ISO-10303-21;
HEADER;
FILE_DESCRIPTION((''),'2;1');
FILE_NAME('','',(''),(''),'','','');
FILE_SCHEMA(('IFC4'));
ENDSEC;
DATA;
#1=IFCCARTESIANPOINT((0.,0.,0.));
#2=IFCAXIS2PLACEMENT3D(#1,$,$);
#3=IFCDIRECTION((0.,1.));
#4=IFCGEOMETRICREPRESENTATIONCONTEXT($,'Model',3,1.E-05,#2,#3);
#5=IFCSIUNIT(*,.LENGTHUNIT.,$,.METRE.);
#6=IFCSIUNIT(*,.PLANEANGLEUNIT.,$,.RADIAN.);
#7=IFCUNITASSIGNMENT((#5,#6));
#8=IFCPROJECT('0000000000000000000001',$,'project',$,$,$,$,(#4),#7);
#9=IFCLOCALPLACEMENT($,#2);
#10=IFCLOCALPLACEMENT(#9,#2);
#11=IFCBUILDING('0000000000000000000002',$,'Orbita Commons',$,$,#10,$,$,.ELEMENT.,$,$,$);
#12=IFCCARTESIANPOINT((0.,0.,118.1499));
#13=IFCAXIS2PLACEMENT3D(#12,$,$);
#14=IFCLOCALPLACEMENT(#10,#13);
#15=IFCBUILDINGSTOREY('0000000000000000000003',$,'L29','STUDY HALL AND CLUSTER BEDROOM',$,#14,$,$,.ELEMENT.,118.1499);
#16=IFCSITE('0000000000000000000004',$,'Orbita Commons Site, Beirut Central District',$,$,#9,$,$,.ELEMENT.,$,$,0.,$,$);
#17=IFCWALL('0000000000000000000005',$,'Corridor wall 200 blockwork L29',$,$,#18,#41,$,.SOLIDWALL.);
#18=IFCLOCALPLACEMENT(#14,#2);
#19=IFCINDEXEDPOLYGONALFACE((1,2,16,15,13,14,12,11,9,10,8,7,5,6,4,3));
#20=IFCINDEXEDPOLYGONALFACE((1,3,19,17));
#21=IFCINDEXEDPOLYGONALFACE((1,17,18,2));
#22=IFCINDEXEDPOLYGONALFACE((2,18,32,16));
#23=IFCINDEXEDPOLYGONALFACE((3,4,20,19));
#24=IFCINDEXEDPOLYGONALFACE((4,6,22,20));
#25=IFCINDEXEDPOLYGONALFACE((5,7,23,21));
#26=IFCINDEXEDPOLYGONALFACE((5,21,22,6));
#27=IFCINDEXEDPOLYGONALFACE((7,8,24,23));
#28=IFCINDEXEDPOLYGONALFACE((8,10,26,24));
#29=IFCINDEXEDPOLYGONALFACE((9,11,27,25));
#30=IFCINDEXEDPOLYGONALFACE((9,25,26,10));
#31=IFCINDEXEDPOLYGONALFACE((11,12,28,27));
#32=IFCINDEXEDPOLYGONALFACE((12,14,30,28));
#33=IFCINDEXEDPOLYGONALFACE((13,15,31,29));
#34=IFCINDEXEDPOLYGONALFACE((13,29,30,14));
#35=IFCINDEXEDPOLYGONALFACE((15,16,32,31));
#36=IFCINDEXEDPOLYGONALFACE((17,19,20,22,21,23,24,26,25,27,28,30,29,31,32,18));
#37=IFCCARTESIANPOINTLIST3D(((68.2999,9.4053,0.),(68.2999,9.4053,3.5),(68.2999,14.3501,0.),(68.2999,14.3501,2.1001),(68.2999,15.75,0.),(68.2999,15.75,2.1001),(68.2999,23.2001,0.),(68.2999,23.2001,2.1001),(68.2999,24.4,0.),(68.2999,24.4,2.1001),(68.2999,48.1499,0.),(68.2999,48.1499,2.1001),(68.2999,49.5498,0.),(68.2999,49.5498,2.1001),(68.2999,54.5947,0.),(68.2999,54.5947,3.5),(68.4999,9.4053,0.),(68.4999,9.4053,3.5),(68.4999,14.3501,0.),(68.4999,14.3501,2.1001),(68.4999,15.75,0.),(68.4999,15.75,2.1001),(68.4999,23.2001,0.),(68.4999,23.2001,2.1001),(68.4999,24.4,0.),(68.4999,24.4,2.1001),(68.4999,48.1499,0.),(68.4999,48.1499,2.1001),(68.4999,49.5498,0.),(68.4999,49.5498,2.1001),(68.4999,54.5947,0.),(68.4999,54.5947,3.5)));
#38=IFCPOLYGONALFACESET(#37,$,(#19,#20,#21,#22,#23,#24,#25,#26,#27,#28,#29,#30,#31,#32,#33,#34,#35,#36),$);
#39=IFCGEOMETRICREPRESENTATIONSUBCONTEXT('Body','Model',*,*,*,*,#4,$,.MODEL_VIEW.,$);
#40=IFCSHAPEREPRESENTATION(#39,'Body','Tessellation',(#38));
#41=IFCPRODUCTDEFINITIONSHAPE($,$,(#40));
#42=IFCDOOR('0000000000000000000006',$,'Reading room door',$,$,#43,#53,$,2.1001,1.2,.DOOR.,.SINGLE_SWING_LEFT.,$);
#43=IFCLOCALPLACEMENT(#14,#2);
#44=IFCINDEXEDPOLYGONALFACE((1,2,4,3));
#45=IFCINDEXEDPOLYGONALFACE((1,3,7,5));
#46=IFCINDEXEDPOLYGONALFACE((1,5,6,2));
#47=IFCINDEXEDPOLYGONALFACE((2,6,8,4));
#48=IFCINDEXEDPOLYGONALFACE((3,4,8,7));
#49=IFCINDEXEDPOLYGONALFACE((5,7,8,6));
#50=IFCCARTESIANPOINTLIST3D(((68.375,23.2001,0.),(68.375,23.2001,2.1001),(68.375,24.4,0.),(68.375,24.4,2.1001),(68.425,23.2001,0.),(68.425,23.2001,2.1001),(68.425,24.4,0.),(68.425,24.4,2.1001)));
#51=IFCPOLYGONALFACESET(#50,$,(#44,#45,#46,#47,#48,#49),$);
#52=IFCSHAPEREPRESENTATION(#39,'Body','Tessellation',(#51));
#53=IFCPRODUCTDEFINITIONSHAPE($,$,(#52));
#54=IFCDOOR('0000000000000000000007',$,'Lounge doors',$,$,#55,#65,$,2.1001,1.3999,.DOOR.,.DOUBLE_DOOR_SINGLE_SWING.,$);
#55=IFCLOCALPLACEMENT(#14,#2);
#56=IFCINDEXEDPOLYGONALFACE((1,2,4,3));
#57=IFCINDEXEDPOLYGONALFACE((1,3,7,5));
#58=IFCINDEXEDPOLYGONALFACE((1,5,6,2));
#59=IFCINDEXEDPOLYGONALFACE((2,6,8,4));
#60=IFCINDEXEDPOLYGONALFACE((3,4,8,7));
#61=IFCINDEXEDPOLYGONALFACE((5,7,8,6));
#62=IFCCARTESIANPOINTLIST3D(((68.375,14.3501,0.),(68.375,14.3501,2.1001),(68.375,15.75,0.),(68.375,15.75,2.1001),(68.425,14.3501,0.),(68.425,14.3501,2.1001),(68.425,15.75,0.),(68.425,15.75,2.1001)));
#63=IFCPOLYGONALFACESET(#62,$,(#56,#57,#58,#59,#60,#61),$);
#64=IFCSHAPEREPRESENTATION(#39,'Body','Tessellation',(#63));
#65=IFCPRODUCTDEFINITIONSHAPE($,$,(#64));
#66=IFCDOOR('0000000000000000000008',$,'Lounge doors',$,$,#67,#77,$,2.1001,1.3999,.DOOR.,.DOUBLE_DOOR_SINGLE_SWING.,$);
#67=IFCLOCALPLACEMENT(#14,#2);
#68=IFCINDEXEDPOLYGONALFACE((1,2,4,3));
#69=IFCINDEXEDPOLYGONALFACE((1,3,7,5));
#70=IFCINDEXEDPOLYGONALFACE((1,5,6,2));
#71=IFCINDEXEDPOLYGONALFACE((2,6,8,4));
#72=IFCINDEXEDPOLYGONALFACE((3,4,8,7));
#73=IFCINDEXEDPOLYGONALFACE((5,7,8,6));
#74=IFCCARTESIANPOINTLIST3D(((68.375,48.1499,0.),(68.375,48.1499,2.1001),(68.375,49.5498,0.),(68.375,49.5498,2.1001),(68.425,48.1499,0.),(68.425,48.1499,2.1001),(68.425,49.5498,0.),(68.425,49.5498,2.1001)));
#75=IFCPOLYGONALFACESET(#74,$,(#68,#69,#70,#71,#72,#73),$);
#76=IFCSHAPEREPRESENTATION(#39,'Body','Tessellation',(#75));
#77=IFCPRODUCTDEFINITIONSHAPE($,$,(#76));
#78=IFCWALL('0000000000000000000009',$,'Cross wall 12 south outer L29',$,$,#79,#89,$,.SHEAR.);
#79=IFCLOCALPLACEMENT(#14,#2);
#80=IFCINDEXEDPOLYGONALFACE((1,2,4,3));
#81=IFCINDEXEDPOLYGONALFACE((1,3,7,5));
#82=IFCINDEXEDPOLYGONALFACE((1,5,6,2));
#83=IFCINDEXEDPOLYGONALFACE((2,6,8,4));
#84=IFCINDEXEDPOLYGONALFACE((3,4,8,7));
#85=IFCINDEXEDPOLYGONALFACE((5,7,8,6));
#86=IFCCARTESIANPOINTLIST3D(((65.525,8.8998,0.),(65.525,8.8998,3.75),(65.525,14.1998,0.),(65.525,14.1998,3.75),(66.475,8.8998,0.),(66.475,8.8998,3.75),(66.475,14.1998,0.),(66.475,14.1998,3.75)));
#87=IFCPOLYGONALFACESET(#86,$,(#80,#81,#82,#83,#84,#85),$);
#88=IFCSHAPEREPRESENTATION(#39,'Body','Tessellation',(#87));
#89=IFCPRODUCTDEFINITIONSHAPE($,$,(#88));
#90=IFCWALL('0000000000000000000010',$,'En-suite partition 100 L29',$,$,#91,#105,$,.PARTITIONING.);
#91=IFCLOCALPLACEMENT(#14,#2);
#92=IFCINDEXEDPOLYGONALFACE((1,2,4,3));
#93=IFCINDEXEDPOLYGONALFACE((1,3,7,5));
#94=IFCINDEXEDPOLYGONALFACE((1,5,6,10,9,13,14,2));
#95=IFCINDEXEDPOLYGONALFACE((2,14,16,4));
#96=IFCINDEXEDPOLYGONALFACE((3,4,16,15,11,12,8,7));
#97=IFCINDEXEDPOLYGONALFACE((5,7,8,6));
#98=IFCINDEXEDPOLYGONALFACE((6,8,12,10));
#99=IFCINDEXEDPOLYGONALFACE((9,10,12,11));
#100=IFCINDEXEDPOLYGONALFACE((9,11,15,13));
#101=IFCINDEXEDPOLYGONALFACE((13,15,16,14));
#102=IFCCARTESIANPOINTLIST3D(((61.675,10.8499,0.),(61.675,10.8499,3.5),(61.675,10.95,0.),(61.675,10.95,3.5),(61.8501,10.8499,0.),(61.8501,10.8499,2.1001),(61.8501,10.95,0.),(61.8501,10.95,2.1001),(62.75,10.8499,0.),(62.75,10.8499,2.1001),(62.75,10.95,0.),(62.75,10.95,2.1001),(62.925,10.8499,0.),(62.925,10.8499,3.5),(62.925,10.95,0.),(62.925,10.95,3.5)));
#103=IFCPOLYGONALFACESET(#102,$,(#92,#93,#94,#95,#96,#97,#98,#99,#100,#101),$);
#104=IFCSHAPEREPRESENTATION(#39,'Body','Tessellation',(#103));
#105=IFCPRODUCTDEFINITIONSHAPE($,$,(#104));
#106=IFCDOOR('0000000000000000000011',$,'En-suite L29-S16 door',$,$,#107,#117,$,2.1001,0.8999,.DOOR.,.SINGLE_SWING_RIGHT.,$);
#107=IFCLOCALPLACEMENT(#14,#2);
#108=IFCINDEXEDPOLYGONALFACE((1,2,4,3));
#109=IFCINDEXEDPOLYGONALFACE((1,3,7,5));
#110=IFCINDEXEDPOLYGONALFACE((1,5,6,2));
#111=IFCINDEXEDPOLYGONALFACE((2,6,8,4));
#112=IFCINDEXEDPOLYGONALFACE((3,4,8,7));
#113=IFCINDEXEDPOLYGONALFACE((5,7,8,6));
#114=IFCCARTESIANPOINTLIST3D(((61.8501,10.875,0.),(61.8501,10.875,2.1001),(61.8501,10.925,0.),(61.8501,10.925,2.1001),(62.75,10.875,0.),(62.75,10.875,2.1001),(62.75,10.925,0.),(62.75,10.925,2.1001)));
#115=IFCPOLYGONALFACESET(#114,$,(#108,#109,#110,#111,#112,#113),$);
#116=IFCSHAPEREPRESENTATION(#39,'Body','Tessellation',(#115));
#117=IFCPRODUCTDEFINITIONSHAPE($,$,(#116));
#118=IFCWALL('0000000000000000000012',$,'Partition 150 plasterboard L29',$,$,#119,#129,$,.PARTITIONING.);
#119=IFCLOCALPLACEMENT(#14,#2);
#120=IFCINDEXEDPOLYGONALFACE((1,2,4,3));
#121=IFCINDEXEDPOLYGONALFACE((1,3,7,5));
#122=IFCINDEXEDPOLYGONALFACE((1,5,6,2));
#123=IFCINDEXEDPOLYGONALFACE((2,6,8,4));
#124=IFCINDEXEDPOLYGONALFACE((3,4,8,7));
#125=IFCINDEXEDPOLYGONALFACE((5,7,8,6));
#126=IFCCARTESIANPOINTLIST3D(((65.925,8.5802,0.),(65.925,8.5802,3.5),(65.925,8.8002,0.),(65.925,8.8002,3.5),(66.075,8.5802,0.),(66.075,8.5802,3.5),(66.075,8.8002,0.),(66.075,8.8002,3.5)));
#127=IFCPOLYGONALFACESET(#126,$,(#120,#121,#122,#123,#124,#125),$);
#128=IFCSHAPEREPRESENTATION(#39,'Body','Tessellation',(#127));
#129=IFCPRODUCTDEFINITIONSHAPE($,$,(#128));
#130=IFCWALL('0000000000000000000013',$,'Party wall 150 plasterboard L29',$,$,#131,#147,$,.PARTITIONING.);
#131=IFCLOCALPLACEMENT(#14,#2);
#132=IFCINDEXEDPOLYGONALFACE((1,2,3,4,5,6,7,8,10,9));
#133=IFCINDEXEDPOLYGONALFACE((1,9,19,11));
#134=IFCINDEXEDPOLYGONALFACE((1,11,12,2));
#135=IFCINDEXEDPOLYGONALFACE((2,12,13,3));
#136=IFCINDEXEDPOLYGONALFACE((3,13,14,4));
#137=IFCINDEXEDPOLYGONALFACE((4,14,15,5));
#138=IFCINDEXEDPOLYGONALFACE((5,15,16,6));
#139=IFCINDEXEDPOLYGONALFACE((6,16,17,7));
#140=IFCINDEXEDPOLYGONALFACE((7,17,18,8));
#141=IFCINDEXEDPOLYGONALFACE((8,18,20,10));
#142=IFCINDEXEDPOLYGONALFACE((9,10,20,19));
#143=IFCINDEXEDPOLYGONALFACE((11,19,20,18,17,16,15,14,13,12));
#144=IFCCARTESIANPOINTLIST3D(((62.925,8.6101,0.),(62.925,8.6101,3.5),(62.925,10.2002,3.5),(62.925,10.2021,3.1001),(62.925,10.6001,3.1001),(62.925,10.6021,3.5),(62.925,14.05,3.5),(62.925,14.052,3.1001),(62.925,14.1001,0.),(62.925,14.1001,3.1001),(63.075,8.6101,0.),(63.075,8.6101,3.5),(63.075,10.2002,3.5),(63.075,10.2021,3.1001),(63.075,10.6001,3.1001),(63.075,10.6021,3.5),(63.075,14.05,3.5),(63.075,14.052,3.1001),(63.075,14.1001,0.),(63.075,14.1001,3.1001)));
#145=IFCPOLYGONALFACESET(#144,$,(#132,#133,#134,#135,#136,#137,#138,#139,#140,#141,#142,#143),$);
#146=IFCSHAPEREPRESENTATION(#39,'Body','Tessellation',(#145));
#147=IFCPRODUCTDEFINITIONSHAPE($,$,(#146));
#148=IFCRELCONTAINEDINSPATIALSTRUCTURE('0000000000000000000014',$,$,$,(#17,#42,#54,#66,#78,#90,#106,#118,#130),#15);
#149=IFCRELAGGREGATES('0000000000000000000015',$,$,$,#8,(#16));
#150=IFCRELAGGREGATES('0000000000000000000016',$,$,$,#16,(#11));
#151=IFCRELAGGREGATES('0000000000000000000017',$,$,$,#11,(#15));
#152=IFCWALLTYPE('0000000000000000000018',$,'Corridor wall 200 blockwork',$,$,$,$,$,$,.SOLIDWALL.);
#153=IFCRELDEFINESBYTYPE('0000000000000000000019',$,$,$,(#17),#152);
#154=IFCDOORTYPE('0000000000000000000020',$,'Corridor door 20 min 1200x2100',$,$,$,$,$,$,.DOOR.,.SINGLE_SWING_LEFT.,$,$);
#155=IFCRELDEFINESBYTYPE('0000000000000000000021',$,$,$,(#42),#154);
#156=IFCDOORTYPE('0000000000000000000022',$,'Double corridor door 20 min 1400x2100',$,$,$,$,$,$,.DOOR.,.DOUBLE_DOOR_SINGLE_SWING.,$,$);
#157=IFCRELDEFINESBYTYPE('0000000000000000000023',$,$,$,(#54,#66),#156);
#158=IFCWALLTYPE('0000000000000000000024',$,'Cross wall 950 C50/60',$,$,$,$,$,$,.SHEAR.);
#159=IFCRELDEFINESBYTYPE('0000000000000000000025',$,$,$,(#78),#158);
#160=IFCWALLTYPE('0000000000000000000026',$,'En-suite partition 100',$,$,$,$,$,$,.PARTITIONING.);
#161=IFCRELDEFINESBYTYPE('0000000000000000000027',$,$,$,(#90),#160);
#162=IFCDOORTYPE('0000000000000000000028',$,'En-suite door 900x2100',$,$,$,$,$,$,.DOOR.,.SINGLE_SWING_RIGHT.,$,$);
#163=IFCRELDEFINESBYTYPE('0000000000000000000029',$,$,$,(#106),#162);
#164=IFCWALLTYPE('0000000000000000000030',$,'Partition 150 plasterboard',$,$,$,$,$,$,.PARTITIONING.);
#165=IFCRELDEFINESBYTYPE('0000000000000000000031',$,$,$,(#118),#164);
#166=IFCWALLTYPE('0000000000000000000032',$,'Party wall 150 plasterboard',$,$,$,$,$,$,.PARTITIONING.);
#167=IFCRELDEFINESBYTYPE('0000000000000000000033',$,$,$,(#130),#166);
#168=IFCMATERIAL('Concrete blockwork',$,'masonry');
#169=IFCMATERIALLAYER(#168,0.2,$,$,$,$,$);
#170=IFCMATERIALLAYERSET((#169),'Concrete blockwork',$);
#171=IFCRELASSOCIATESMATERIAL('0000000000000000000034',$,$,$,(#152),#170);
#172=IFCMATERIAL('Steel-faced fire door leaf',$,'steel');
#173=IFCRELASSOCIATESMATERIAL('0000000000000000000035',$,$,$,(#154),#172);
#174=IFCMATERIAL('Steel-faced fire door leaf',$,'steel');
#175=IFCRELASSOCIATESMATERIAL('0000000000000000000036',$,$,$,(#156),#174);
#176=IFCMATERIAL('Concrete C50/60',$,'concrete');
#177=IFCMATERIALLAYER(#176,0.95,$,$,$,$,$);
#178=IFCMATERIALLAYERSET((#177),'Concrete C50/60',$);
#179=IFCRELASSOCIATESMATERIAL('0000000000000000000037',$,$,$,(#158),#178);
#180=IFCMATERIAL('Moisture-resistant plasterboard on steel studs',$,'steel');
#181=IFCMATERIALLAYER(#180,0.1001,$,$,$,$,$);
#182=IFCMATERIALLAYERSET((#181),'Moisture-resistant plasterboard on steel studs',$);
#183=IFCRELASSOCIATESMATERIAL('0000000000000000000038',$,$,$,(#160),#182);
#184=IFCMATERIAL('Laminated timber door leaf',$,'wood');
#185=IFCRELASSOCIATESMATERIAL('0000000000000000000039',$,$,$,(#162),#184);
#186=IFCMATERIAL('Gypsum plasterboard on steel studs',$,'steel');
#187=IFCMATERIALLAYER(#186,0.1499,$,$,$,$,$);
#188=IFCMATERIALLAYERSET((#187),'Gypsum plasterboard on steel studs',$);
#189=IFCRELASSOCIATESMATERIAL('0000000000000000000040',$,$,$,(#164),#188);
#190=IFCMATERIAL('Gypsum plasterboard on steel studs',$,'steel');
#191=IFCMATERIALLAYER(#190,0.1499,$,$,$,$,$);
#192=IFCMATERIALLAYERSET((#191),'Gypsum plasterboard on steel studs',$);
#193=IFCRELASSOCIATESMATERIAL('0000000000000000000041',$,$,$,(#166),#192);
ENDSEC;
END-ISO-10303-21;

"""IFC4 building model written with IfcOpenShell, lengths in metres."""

from ifc_helpers import new_model, si_unit, direction, frame, frame_2d, origin, place, context, subcontext, project, spatial, polyline, rectangle, outline, extrude, material, layer, layer_set, type_object, element, fill, save


model = new_model("IFC4")

# Units and contexts
model_context = context("Model", 3, precision=1e-05, world=origin(), true_north=direction((0.0, 1.0)))
body_context = subcontext(model_context, "Body", "Model", "MODEL_VIEW")
ifc_project = project(units=[si_unit("LENGTHUNIT", "METRE"), si_unit("PLANEANGLEUNIT", "RADIAN")], contexts=[model_context])

# Site, building, storey
site_placement = place(None, origin())
site = spatial("IfcSite", under=ifc_project, at=site_placement, Name="Orbita Commons Site, Beirut Central District", CompositionType="ELEMENT", RefElevation=0.0)
building_placement = place(site_placement, origin())
building = spatial("IfcBuilding", under=site, at=building_placement, Name="Orbita Commons", CompositionType="ELEMENT")
storey_placement = place(building_placement, frame((0.0, 0.0, 118.1499)))
storey = spatial("IfcBuildingStorey", under=building, at=storey_placement, Name="L29", Description="STUDY HALL AND CLUSTER BEDROOM", CompositionType="ELEMENT", Elevation=118.1499)

# Wall, openings, doors
ifc_material_1 = material(Name="Concrete blockwork", Category="masonry")
ifc_layer_1 = layer(ifc_material_1, 0.2)
ifc_layer_set_1 = layer_set([ifc_layer_1], Name="Concrete blockwork")
wall_type_1 = type_object("IfcWallType", Name="Corridor wall 200 blockwork", PredefinedType="SOLIDWALL", material=ifc_layer_set_1)
wall_1_placement = place(storey_placement, frame((68.3999, 9.4053, 0.0), z_axis=(0.0, 0.0, 1.0), x_axis=(0.0, 1.0, 0.0)))
wall_1 = element("IfcWall", 1, at=wall_1_placement, inside=storey, type_object=wall_type_1, Name="Corridor wall 200 blockwork L29", PredefinedType="SOLIDWALL", context=body_context, shape_type="SweptSolid", body=[
    extrude(rectangle(XDim=45.1895, YDim=0.2, at=frame_2d((22.5947, 0.0))), origin(), (0.0, 0.0, 1.0), 3.5),
])
opening_1_placement = place(wall_1_placement, frame((13.7947, 0.0, 0.0)))
opening_1 = element("IfcOpeningElement", 2, at=opening_1_placement, cuts=wall_1, PredefinedType="OPENING", context=body_context, shape_type="SweptSolid", body=[
    extrude(rectangle(XDim=1.2, YDim=2.1001, at=frame_2d((0.6001, 1.05))), frame((0.0, 0.1099, 0.0), z_axis=(0.0, -1.0, 0.0), x_axis=(1.0, 0.0, 0.0)), (0.0, 0.0, 1.0), 0.22),
])
opening_2_placement = place(wall_1_placement, frame((4.9448, 0.0, 0.0)))
opening_2 = element("IfcOpeningElement", 3, at=opening_2_placement, cuts=wall_1, PredefinedType="OPENING", context=body_context, shape_type="SweptSolid", body=[
    extrude(rectangle(XDim=1.3999, YDim=2.1001, at=frame_2d((0.7, 1.05))), frame((0.0, 0.1099, 0.0), z_axis=(0.0, -1.0, 0.0), x_axis=(1.0, 0.0, 0.0)), (0.0, 0.0, 1.0), 0.22),
])
opening_3_placement = place(wall_1_placement, frame((38.7446, 0.0, 0.0)))
opening_3 = element("IfcOpeningElement", 4, at=opening_3_placement, cuts=wall_1, PredefinedType="OPENING", context=body_context, shape_type="SweptSolid", body=[
    extrude(rectangle(XDim=1.3999, YDim=2.1001, at=frame_2d((0.7, 1.05))), frame((0.0, 0.1099, 0.0), z_axis=(0.0, -1.0, 0.0), x_axis=(1.0, 0.0, 0.0)), (0.0, 0.0, 1.0), 0.22),
])
ifc_material_2 = material(Name="Steel-faced fire door leaf", Category="steel")
door_type_1 = type_object("IfcDoorType", Name="Corridor door 20 min 1200x2100", OperationType="SINGLE_SWING_LEFT", PredefinedType="DOOR", material=ifc_material_2)
door_1_placement = place(opening_1_placement, origin())
door_1 = element("IfcDoor", 5, at=door_1_placement, inside=storey, type_object=door_type_1, Name="Reading room door", OperationType="SINGLE_SWING_LEFT", OverallHeight=2.1001, OverallWidth=1.2, PredefinedType="DOOR", context=body_context, shape_type="SweptSolid", body=[
    extrude(rectangle(XDim=1.2, YDim=2.1001, at=frame_2d((0.6001, 1.05))), frame((0.0, 0.0249, 0.0), z_axis=(0.0, -1.0, 0.0), x_axis=(1.0, 0.0, 0.0)), (0.0, 0.0, 1.0), 0.05),
])
fill(opening_1, door_1)
ifc_material_3 = material(Name="Steel-faced fire door leaf", Category="steel")
door_type_2 = type_object("IfcDoorType", Name="Double corridor door 20 min 1400x2100", OperationType="DOUBLE_DOOR_SINGLE_SWING", PredefinedType="DOOR", material=ifc_material_3)
door_2_placement = place(opening_2_placement, origin())
door_2 = element("IfcDoor", 6, at=door_2_placement, inside=storey, type_object=door_type_2, Name="Lounge doors", OperationType="DOUBLE_DOOR_SINGLE_SWING", OverallHeight=2.1001, OverallWidth=1.3999, PredefinedType="DOOR", context=body_context, shape_type="SweptSolid", body=[
    extrude(rectangle(XDim=1.3999, YDim=2.1001, at=frame_2d((0.7, 1.05))), frame((0.0, 0.0249, 0.0), z_axis=(0.0, -1.0, 0.0), x_axis=(1.0, 0.0, 0.0)), (0.0, 0.0, 1.0), 0.05),
])
fill(opening_2, door_2)
door_3_placement = place(opening_3_placement, origin())
door_3 = element("IfcDoor", 7, at=door_3_placement, inside=storey, type_object=door_type_2, Name="Lounge doors", OperationType="DOUBLE_DOOR_SINGLE_SWING", OverallHeight=2.1001, OverallWidth=1.3999, PredefinedType="DOOR", context=body_context, shape_type="SweptSolid", body=[
    extrude(rectangle(XDim=1.3999, YDim=2.1001, at=frame_2d((0.7, 1.05))), frame((0.0, 0.0249, 0.0), z_axis=(0.0, -1.0, 0.0), x_axis=(1.0, 0.0, 0.0)), (0.0, 0.0, 1.0), 0.05),
])
fill(opening_3, door_3)

# Wall
ifc_material_4 = material(Name="Concrete C50/60", Category="concrete")
ifc_layer_2 = layer(ifc_material_4, 0.95)
ifc_layer_set_2 = layer_set([ifc_layer_2], Name="Concrete C50/60")
wall_type_2 = type_object("IfcWallType", Name="Cross wall 950 C50/60", PredefinedType="SHEAR", material=ifc_layer_set_2)
wall_2_placement = place(storey_placement, frame((66.0, 8.8999, 0.0), z_axis=(0.0, 0.0, 1.0), x_axis=(0.0, 1.0, 0.0)))
element("IfcWall", 8, at=wall_2_placement, inside=storey, type_object=wall_type_2, Name="Cross wall 12 south outer L29", PredefinedType="SHEAR", context=body_context, shape_type="SweptSolid", body=[
    extrude(rectangle(XDim=5.3, YDim=0.95, at=frame_2d((2.6499, 0.0))), origin(), (0.0, 0.0, 1.0), 3.75),
])

# Wall, opening, door
ifc_material_5 = material(Name="Moisture-resistant plasterboard on steel studs", Category="steel")
ifc_layer_3 = layer(ifc_material_5, 0.1001)
ifc_layer_set_3 = layer_set([ifc_layer_3], Name="Moisture-resistant plasterboard on steel studs")
wall_type_3 = type_object("IfcWallType", Name="En-suite partition 100", PredefinedType="PARTITIONING", material=ifc_layer_set_3)
wall_3_placement = place(storey_placement, frame((62.925, 10.8999, 0.0), z_axis=(0.0, 0.0, 1.0), x_axis=(-1.0, 0.0, 0.0)))
wall_3 = element("IfcWall", 9, at=wall_3_placement, inside=storey, type_object=wall_type_3, Name="En-suite partition 100 L29", PredefinedType="PARTITIONING", context=body_context, shape_type="SweptSolid", body=[
    extrude(rectangle(XDim=1.25, YDim=0.1001, at=frame_2d((0.625, 0.0))), origin(), (0.0, 0.0, 1.0), 3.5),
])
opening_4_placement = place(wall_3_placement, frame((0.175, 0.0, 0.0)))
opening_4 = element("IfcOpeningElement", 10, at=opening_4_placement, cuts=wall_3, PredefinedType="OPENING", context=body_context, shape_type="SweptSolid", body=[
    extrude(rectangle(XDim=0.8999, YDim=2.1001, at=frame_2d((0.45, 1.05))), frame((0.0, 0.0601, 0.0), z_axis=(0.0, -1.0, 0.0), x_axis=(1.0, 0.0, 0.0)), (0.0, 0.0, 1.0), 0.1201),
])
ifc_material_6 = material(Name="Laminated timber door leaf", Category="wood")
door_type_3 = type_object("IfcDoorType", Name="En-suite door 900x2100", OperationType="SINGLE_SWING_RIGHT", PredefinedType="DOOR", material=ifc_material_6)
door_4_placement = place(opening_4_placement, origin())
door_4 = element("IfcDoor", 11, at=door_4_placement, inside=storey, type_object=door_type_3, Name="En-suite L29-S16 door", OperationType="SINGLE_SWING_RIGHT", OverallHeight=2.1001, OverallWidth=0.8999, PredefinedType="DOOR", context=body_context, shape_type="SweptSolid", body=[
    extrude(rectangle(XDim=0.8999, YDim=2.1001, at=frame_2d((0.45, 1.05))), frame((0.0, 0.0249, 0.0), z_axis=(0.0, -1.0, 0.0), x_axis=(1.0, 0.0, 0.0)), (0.0, 0.0, 1.0), 0.05),
])
fill(opening_4, door_4)

# Walls
ifc_material_7 = material(Name="Gypsum plasterboard on steel studs", Category="steel")
ifc_layer_4 = layer(ifc_material_7, 0.1499)
ifc_layer_set_4 = layer_set([ifc_layer_4], Name="Gypsum plasterboard on steel studs")
wall_type_4 = type_object("IfcWallType", Name="Partition 150 plasterboard", PredefinedType="PARTITIONING", material=ifc_layer_set_4)
wall_4_placement = place(storey_placement, frame((66.0, 8.8, 0.0), z_axis=(0.0, 0.0, 1.0), x_axis=(0.0, -1.0, 0.0)))
element("IfcWall", 12, at=wall_4_placement, inside=storey, type_object=wall_type_4, Name="Partition 150 plasterboard L29", PredefinedType="PARTITIONING", context=body_context, shape_type="SweptSolid", body=[
    extrude(rectangle(XDim=0.22, YDim=0.1499, at=frame_2d((0.1099, 0.0))), origin(), (0.0, 0.0, 1.0), 3.5),
])
ifc_material_8 = material(Name="Gypsum plasterboard on steel studs", Category="steel")
ifc_layer_5 = layer(ifc_material_8, 0.1499)
ifc_layer_set_5 = layer_set([ifc_layer_5], Name="Gypsum plasterboard on steel studs")
wall_type_5 = type_object("IfcWallType", Name="Party wall 150 plasterboard", PredefinedType="PARTITIONING", material=ifc_layer_set_5)
wall_5_placement = place(storey_placement, frame((63.0, 8.6101, 0.0), z_axis=(0.0, 0.0, 1.0), x_axis=(0.0, 1.0, 0.0)))
element("IfcWall", 13, at=wall_5_placement, inside=storey, type_object=wall_type_5, Name="Party wall 150 plasterboard L29", PredefinedType="PARTITIONING", context=body_context, shape_type="SweptSolid", body=[
    extrude(outline(polyline([(0.0, 0.0), (5.49, 0.0), (5.49, 3.1001), (5.4419, 3.1001), (5.4399, 3.5), (1.9919, 3.5), (1.99, 3.1001), (1.592, 3.1001), (1.5901, 3.5), (0.0, 3.5), (0.0, 0.0)])), frame((0.0, 0.075, 0.0), z_axis=(0.0, -1.0, 0.0), x_axis=(1.0, 0.0, 0.0)), (0.0, 0.0, 1.0), 0.1499),
])

save(model, "model.ifc")
